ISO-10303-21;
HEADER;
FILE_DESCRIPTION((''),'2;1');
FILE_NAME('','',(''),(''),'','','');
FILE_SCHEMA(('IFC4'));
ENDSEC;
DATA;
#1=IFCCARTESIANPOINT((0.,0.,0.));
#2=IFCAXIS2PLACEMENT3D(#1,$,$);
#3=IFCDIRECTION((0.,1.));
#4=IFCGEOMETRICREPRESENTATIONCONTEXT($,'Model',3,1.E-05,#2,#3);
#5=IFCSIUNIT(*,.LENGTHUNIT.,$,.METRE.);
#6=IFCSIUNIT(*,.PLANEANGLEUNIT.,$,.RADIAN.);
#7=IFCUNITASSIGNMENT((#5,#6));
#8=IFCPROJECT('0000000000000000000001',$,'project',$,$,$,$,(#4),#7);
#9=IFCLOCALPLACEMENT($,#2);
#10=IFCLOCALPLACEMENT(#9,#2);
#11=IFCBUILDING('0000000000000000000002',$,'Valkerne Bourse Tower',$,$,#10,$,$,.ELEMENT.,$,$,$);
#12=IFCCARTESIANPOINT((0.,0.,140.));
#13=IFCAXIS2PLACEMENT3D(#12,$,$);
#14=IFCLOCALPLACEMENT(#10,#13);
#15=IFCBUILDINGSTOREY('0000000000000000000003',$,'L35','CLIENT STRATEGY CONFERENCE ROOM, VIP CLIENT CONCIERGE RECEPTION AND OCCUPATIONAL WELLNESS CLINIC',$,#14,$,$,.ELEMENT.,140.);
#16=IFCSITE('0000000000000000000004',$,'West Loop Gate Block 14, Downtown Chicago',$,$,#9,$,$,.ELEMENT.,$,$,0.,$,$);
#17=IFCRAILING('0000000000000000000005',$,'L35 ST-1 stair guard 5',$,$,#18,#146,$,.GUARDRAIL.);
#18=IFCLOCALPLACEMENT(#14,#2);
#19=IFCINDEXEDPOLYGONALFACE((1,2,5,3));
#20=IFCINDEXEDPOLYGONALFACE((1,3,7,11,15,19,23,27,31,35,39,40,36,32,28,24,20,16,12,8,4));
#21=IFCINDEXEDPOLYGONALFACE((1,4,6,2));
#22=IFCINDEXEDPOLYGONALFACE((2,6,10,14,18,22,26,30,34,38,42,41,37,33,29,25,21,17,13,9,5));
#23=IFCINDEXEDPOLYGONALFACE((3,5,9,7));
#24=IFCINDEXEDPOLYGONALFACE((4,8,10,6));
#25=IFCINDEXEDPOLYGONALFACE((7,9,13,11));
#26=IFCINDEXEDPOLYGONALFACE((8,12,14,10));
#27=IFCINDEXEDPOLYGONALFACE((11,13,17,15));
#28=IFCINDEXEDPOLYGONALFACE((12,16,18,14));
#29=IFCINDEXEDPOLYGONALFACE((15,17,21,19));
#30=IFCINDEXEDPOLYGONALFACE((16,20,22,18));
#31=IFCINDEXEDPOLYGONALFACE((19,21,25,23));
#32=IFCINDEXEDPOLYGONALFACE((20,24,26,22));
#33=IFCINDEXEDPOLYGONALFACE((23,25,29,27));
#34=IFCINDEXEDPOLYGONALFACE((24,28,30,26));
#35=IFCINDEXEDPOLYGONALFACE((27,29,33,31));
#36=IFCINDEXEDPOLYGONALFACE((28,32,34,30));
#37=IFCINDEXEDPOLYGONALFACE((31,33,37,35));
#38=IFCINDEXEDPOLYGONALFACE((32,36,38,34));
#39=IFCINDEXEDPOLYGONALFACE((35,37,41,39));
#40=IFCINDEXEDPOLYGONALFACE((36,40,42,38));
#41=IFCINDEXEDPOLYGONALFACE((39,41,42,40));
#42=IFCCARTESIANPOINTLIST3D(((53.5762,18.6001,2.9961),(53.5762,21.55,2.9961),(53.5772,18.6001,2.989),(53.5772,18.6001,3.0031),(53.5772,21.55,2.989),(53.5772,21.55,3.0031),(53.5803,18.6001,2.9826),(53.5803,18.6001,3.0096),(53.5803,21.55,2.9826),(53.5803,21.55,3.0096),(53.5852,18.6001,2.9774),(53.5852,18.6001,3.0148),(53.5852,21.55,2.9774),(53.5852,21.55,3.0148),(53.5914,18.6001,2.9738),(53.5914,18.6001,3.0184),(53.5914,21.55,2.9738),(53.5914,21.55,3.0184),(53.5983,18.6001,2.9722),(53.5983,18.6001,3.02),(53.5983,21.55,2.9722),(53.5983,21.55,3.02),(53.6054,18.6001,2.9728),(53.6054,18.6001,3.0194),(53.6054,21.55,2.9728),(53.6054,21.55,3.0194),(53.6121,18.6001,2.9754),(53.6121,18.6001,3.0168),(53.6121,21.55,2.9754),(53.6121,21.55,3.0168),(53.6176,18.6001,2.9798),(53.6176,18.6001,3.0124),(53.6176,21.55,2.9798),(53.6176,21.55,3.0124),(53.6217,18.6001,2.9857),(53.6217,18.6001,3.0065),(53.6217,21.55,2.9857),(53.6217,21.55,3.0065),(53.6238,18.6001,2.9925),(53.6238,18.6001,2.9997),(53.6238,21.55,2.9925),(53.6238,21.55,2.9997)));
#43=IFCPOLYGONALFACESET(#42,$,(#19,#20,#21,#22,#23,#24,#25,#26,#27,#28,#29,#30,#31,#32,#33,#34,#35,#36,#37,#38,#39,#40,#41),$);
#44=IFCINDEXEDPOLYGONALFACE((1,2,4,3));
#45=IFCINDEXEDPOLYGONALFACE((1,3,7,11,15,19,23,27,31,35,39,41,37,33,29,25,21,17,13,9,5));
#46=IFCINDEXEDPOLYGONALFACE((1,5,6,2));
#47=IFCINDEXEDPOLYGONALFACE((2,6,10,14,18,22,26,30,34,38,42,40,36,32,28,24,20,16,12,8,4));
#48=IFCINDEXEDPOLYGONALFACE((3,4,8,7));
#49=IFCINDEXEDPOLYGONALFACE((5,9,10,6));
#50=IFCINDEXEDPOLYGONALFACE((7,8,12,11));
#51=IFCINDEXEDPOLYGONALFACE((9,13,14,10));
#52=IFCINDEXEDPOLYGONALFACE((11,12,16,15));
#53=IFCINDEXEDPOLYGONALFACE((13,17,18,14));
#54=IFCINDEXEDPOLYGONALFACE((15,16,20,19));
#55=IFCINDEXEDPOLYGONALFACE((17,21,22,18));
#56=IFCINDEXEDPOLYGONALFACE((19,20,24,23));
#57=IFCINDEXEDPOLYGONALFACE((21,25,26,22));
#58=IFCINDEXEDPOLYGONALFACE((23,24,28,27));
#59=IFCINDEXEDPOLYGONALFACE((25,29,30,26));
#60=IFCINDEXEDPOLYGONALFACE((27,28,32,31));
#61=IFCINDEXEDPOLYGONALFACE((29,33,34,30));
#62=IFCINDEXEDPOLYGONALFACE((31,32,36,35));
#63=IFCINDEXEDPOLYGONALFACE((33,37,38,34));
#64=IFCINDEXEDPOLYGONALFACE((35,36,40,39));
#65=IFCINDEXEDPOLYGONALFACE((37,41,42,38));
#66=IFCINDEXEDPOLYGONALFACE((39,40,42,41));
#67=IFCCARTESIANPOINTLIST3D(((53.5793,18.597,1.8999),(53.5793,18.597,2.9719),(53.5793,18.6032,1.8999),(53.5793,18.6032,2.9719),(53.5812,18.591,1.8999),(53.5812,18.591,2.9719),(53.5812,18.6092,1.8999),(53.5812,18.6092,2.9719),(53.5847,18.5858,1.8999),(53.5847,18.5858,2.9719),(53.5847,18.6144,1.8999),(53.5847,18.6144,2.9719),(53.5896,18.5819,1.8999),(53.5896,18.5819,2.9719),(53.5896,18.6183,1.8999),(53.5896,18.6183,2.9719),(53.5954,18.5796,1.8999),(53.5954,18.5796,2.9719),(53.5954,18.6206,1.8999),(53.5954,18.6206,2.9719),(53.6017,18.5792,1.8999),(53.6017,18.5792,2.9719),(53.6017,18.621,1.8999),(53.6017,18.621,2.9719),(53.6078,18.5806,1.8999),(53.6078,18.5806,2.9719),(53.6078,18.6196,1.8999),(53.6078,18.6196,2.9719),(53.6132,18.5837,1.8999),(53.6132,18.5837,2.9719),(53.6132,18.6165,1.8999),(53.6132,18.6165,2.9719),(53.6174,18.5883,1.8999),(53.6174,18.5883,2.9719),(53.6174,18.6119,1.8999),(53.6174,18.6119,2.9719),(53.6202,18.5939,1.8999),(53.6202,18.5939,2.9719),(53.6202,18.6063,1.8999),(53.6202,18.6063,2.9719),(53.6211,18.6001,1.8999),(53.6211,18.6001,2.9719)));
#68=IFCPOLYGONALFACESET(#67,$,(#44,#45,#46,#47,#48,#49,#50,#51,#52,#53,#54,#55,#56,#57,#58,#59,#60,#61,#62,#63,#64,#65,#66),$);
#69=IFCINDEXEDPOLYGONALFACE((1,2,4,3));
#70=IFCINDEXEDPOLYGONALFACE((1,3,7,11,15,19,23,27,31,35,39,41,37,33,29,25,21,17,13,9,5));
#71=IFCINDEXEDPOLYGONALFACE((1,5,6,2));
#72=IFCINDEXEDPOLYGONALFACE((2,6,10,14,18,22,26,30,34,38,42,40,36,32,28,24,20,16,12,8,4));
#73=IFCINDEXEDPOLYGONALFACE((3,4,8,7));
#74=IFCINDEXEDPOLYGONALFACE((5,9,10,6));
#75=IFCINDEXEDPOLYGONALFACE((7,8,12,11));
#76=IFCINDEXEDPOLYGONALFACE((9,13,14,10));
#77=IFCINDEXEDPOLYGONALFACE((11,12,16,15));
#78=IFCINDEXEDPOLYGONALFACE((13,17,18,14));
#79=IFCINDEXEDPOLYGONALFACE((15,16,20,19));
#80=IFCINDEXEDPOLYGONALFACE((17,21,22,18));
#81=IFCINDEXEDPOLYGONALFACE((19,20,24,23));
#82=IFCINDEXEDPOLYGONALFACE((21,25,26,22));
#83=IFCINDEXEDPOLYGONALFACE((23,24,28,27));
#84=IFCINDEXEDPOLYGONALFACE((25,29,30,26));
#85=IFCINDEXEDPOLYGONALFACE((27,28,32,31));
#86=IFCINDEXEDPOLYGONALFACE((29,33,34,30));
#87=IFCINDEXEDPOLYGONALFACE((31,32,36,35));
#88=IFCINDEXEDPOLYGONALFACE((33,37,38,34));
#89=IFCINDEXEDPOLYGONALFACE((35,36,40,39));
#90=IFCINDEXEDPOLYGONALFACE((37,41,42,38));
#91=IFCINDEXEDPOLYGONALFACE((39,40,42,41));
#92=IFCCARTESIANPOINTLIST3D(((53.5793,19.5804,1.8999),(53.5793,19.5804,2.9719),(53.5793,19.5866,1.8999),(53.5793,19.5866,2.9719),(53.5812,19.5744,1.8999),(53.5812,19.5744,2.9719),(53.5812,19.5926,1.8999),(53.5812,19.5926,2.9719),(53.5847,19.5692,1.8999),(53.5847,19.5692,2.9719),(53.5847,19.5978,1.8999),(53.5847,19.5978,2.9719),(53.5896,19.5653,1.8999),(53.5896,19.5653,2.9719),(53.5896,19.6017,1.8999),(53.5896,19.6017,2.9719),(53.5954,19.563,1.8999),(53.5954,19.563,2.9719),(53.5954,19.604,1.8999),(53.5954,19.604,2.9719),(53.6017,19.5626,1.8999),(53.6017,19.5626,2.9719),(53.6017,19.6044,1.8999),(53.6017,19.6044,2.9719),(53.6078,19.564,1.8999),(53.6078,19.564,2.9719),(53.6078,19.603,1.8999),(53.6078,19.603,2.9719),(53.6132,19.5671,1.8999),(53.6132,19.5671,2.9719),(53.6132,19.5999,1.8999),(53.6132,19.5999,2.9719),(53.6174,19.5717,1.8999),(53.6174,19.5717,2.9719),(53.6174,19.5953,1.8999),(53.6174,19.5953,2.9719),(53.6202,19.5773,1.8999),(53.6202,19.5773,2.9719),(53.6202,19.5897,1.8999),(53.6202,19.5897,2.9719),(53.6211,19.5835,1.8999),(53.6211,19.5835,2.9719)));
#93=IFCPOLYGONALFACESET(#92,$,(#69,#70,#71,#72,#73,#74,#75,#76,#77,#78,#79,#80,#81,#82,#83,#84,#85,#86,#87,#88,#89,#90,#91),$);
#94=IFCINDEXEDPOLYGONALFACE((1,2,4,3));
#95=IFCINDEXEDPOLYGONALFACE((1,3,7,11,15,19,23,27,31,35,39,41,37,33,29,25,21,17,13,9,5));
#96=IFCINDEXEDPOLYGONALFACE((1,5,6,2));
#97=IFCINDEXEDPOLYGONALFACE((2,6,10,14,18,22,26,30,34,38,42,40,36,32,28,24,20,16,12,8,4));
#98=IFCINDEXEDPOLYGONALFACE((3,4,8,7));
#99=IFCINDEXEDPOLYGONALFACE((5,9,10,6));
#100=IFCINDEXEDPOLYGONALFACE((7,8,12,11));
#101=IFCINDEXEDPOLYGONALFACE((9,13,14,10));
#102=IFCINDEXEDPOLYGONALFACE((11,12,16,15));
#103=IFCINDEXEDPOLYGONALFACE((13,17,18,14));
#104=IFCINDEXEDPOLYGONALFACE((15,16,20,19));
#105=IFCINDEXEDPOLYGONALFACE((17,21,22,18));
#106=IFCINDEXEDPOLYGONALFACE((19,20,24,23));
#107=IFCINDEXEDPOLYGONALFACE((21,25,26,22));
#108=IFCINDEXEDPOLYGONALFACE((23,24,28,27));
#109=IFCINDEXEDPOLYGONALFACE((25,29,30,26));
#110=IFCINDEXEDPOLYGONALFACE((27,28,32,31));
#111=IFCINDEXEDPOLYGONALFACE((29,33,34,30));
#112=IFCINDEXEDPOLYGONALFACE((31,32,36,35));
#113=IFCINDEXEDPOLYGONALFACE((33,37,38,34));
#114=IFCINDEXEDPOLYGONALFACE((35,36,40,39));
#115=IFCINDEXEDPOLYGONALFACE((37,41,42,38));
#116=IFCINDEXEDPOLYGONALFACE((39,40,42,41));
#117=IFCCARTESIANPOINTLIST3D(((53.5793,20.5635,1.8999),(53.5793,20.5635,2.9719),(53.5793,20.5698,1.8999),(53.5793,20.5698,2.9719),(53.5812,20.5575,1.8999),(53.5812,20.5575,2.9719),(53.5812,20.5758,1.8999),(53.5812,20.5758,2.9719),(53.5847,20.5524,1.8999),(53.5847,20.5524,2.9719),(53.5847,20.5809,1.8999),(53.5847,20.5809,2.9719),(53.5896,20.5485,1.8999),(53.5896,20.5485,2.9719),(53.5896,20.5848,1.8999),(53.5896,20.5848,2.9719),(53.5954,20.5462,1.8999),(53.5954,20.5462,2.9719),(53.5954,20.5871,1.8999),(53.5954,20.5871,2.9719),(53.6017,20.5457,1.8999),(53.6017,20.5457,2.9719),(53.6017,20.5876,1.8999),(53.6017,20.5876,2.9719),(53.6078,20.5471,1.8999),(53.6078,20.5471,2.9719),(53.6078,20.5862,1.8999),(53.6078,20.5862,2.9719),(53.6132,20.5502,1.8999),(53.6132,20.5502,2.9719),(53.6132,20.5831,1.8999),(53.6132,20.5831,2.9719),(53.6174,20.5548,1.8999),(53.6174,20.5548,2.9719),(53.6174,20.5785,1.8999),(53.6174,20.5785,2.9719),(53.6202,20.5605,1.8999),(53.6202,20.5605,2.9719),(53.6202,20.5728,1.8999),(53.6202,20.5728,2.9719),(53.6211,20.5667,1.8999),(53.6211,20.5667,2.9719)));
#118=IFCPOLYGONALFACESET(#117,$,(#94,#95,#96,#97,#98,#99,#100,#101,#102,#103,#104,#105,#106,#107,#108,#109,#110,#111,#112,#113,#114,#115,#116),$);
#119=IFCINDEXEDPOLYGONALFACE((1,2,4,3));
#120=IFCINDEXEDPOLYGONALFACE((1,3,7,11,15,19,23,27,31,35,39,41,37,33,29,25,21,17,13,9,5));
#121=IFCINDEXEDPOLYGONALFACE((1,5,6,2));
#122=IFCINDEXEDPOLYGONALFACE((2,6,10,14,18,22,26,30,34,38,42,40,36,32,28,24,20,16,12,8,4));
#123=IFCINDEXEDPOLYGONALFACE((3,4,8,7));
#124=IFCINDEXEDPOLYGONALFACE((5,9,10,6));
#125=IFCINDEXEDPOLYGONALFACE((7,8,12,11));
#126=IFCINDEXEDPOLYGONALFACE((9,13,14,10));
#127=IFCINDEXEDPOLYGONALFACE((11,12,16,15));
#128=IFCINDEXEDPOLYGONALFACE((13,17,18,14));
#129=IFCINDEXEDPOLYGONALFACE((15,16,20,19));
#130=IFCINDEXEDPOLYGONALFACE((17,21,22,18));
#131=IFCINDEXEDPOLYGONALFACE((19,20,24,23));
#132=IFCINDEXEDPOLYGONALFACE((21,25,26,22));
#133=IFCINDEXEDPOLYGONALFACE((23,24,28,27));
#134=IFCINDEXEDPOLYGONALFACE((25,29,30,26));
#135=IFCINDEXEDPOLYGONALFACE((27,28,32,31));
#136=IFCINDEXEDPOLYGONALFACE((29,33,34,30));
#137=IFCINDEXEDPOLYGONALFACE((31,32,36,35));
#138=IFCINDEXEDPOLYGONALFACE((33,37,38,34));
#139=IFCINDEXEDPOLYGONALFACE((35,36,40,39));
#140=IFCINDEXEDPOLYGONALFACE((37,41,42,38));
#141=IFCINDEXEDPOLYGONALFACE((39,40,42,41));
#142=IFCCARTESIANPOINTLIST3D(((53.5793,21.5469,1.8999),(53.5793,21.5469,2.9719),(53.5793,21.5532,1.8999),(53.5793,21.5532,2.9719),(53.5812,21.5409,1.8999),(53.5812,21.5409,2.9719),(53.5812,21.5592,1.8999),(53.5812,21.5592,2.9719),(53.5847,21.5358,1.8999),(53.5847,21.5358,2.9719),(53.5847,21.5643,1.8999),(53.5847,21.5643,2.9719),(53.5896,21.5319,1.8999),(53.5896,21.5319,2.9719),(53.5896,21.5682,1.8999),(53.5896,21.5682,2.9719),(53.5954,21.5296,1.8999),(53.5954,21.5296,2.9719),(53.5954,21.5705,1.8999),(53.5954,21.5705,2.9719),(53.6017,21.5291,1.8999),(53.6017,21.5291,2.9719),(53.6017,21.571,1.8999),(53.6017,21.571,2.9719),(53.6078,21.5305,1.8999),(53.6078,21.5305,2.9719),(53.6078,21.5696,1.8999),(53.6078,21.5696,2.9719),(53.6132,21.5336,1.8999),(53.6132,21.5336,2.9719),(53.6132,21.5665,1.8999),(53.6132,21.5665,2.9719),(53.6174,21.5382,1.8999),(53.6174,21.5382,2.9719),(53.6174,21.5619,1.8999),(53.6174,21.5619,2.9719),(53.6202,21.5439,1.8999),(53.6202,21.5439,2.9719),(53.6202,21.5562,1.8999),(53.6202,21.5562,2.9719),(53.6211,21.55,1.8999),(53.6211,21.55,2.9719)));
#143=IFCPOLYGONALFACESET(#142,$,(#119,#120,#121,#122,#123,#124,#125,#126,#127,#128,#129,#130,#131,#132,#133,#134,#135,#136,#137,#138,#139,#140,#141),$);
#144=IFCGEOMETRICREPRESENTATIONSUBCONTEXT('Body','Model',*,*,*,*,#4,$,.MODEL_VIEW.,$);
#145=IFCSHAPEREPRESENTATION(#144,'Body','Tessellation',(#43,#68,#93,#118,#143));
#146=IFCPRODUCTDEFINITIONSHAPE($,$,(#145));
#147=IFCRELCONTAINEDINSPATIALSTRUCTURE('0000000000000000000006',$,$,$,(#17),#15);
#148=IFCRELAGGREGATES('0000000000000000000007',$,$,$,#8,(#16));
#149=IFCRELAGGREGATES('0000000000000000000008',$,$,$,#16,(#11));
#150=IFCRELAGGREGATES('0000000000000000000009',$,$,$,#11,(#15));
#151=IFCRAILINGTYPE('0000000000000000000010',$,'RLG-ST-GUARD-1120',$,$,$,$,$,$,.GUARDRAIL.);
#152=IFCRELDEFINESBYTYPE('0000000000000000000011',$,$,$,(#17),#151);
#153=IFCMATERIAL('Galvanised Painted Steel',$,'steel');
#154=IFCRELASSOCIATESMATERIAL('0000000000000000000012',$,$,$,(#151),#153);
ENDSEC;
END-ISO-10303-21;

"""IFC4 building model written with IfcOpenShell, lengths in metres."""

from ifc_helpers import new_model, si_unit, direction, frame, origin, origin_2d, place, context, subcontext, project, spatial, circle, extrude, material, type_object, element, save


model = new_model("IFC4")

# Units and contexts
model_context = context("Model", 3, precision=1e-05, world=origin(), true_north=direction((0.0, 1.0)))
body_context = subcontext(model_context, "Body", "Model", "MODEL_VIEW")
ifc_project = project(units=[si_unit("LENGTHUNIT", "METRE"), si_unit("PLANEANGLEUNIT", "RADIAN")], contexts=[model_context])

# Site, building, storey
site_placement = place(None, origin())
site = spatial("IfcSite", under=ifc_project, at=site_placement, Name="West Loop Gate Block 14, Downtown Chicago", CompositionType="ELEMENT", RefElevation=0.0)
building_placement = place(site_placement, origin())
building = spatial("IfcBuilding", under=site, at=building_placement, Name="Valkerne Bourse Tower", CompositionType="ELEMENT")
storey_placement = place(building_placement, frame((0.0, 0.0, 140.0)))
storey = spatial("IfcBuildingStorey", under=building, at=storey_placement, Name="L35", Description="CLIENT STRATEGY CONFERENCE ROOM, VIP CLIENT CONCIERGE RECEPTION AND OCCUPATIONAL WELLNESS CLINIC", CompositionType="ELEMENT", Elevation=140.0)

# Railing
ifc_material_1 = material(Name="Galvanised Painted Steel", Category="steel")
railing_type = type_object("IfcRailingType", Name="RLG-ST-GUARD-1120", PredefinedType="GUARDRAIL", material=ifc_material_1)
railing_1_placement = place(storey_placement, frame((53.6001, 18.6001, 1.8999)))
element("IfcRailing", 1, at=railing_1_placement, inside=storey, type_object=railing_type, Name="L35 ST-1 stair guard 5", PredefinedType="GUARDRAIL", context=body_context, shape_type="SweptSolid", body=[
    extrude(circle(Radius=0.0239, at=origin_2d()), frame((0.0, 0.0, 1.0962), z_axis=(0.0, 1.0, 0.0), x_axis=(-1.0, 0.0, 0.0)), (0.0, 0.0, 1.0), 2.95),
    extrude(circle(Radius=0.021, at=origin_2d()), origin(), (0.0, 0.0, 1.0), 1.072),
    extrude(circle(Radius=0.021, at=origin_2d()), frame((0.0, 0.9834, 0.0)), (0.0, 0.0, 1.0), 1.072),
    extrude(circle(Radius=0.021, at=origin_2d()), frame((0.0, 1.9666, 0.0)), (0.0, 0.0, 1.0), 1.072),
    extrude(circle(Radius=0.021, at=origin_2d()), frame((0.0, 2.95, 0.0)), (0.0, 0.0, 1.0), 1.072),
])

save(model, "model.ifc")
